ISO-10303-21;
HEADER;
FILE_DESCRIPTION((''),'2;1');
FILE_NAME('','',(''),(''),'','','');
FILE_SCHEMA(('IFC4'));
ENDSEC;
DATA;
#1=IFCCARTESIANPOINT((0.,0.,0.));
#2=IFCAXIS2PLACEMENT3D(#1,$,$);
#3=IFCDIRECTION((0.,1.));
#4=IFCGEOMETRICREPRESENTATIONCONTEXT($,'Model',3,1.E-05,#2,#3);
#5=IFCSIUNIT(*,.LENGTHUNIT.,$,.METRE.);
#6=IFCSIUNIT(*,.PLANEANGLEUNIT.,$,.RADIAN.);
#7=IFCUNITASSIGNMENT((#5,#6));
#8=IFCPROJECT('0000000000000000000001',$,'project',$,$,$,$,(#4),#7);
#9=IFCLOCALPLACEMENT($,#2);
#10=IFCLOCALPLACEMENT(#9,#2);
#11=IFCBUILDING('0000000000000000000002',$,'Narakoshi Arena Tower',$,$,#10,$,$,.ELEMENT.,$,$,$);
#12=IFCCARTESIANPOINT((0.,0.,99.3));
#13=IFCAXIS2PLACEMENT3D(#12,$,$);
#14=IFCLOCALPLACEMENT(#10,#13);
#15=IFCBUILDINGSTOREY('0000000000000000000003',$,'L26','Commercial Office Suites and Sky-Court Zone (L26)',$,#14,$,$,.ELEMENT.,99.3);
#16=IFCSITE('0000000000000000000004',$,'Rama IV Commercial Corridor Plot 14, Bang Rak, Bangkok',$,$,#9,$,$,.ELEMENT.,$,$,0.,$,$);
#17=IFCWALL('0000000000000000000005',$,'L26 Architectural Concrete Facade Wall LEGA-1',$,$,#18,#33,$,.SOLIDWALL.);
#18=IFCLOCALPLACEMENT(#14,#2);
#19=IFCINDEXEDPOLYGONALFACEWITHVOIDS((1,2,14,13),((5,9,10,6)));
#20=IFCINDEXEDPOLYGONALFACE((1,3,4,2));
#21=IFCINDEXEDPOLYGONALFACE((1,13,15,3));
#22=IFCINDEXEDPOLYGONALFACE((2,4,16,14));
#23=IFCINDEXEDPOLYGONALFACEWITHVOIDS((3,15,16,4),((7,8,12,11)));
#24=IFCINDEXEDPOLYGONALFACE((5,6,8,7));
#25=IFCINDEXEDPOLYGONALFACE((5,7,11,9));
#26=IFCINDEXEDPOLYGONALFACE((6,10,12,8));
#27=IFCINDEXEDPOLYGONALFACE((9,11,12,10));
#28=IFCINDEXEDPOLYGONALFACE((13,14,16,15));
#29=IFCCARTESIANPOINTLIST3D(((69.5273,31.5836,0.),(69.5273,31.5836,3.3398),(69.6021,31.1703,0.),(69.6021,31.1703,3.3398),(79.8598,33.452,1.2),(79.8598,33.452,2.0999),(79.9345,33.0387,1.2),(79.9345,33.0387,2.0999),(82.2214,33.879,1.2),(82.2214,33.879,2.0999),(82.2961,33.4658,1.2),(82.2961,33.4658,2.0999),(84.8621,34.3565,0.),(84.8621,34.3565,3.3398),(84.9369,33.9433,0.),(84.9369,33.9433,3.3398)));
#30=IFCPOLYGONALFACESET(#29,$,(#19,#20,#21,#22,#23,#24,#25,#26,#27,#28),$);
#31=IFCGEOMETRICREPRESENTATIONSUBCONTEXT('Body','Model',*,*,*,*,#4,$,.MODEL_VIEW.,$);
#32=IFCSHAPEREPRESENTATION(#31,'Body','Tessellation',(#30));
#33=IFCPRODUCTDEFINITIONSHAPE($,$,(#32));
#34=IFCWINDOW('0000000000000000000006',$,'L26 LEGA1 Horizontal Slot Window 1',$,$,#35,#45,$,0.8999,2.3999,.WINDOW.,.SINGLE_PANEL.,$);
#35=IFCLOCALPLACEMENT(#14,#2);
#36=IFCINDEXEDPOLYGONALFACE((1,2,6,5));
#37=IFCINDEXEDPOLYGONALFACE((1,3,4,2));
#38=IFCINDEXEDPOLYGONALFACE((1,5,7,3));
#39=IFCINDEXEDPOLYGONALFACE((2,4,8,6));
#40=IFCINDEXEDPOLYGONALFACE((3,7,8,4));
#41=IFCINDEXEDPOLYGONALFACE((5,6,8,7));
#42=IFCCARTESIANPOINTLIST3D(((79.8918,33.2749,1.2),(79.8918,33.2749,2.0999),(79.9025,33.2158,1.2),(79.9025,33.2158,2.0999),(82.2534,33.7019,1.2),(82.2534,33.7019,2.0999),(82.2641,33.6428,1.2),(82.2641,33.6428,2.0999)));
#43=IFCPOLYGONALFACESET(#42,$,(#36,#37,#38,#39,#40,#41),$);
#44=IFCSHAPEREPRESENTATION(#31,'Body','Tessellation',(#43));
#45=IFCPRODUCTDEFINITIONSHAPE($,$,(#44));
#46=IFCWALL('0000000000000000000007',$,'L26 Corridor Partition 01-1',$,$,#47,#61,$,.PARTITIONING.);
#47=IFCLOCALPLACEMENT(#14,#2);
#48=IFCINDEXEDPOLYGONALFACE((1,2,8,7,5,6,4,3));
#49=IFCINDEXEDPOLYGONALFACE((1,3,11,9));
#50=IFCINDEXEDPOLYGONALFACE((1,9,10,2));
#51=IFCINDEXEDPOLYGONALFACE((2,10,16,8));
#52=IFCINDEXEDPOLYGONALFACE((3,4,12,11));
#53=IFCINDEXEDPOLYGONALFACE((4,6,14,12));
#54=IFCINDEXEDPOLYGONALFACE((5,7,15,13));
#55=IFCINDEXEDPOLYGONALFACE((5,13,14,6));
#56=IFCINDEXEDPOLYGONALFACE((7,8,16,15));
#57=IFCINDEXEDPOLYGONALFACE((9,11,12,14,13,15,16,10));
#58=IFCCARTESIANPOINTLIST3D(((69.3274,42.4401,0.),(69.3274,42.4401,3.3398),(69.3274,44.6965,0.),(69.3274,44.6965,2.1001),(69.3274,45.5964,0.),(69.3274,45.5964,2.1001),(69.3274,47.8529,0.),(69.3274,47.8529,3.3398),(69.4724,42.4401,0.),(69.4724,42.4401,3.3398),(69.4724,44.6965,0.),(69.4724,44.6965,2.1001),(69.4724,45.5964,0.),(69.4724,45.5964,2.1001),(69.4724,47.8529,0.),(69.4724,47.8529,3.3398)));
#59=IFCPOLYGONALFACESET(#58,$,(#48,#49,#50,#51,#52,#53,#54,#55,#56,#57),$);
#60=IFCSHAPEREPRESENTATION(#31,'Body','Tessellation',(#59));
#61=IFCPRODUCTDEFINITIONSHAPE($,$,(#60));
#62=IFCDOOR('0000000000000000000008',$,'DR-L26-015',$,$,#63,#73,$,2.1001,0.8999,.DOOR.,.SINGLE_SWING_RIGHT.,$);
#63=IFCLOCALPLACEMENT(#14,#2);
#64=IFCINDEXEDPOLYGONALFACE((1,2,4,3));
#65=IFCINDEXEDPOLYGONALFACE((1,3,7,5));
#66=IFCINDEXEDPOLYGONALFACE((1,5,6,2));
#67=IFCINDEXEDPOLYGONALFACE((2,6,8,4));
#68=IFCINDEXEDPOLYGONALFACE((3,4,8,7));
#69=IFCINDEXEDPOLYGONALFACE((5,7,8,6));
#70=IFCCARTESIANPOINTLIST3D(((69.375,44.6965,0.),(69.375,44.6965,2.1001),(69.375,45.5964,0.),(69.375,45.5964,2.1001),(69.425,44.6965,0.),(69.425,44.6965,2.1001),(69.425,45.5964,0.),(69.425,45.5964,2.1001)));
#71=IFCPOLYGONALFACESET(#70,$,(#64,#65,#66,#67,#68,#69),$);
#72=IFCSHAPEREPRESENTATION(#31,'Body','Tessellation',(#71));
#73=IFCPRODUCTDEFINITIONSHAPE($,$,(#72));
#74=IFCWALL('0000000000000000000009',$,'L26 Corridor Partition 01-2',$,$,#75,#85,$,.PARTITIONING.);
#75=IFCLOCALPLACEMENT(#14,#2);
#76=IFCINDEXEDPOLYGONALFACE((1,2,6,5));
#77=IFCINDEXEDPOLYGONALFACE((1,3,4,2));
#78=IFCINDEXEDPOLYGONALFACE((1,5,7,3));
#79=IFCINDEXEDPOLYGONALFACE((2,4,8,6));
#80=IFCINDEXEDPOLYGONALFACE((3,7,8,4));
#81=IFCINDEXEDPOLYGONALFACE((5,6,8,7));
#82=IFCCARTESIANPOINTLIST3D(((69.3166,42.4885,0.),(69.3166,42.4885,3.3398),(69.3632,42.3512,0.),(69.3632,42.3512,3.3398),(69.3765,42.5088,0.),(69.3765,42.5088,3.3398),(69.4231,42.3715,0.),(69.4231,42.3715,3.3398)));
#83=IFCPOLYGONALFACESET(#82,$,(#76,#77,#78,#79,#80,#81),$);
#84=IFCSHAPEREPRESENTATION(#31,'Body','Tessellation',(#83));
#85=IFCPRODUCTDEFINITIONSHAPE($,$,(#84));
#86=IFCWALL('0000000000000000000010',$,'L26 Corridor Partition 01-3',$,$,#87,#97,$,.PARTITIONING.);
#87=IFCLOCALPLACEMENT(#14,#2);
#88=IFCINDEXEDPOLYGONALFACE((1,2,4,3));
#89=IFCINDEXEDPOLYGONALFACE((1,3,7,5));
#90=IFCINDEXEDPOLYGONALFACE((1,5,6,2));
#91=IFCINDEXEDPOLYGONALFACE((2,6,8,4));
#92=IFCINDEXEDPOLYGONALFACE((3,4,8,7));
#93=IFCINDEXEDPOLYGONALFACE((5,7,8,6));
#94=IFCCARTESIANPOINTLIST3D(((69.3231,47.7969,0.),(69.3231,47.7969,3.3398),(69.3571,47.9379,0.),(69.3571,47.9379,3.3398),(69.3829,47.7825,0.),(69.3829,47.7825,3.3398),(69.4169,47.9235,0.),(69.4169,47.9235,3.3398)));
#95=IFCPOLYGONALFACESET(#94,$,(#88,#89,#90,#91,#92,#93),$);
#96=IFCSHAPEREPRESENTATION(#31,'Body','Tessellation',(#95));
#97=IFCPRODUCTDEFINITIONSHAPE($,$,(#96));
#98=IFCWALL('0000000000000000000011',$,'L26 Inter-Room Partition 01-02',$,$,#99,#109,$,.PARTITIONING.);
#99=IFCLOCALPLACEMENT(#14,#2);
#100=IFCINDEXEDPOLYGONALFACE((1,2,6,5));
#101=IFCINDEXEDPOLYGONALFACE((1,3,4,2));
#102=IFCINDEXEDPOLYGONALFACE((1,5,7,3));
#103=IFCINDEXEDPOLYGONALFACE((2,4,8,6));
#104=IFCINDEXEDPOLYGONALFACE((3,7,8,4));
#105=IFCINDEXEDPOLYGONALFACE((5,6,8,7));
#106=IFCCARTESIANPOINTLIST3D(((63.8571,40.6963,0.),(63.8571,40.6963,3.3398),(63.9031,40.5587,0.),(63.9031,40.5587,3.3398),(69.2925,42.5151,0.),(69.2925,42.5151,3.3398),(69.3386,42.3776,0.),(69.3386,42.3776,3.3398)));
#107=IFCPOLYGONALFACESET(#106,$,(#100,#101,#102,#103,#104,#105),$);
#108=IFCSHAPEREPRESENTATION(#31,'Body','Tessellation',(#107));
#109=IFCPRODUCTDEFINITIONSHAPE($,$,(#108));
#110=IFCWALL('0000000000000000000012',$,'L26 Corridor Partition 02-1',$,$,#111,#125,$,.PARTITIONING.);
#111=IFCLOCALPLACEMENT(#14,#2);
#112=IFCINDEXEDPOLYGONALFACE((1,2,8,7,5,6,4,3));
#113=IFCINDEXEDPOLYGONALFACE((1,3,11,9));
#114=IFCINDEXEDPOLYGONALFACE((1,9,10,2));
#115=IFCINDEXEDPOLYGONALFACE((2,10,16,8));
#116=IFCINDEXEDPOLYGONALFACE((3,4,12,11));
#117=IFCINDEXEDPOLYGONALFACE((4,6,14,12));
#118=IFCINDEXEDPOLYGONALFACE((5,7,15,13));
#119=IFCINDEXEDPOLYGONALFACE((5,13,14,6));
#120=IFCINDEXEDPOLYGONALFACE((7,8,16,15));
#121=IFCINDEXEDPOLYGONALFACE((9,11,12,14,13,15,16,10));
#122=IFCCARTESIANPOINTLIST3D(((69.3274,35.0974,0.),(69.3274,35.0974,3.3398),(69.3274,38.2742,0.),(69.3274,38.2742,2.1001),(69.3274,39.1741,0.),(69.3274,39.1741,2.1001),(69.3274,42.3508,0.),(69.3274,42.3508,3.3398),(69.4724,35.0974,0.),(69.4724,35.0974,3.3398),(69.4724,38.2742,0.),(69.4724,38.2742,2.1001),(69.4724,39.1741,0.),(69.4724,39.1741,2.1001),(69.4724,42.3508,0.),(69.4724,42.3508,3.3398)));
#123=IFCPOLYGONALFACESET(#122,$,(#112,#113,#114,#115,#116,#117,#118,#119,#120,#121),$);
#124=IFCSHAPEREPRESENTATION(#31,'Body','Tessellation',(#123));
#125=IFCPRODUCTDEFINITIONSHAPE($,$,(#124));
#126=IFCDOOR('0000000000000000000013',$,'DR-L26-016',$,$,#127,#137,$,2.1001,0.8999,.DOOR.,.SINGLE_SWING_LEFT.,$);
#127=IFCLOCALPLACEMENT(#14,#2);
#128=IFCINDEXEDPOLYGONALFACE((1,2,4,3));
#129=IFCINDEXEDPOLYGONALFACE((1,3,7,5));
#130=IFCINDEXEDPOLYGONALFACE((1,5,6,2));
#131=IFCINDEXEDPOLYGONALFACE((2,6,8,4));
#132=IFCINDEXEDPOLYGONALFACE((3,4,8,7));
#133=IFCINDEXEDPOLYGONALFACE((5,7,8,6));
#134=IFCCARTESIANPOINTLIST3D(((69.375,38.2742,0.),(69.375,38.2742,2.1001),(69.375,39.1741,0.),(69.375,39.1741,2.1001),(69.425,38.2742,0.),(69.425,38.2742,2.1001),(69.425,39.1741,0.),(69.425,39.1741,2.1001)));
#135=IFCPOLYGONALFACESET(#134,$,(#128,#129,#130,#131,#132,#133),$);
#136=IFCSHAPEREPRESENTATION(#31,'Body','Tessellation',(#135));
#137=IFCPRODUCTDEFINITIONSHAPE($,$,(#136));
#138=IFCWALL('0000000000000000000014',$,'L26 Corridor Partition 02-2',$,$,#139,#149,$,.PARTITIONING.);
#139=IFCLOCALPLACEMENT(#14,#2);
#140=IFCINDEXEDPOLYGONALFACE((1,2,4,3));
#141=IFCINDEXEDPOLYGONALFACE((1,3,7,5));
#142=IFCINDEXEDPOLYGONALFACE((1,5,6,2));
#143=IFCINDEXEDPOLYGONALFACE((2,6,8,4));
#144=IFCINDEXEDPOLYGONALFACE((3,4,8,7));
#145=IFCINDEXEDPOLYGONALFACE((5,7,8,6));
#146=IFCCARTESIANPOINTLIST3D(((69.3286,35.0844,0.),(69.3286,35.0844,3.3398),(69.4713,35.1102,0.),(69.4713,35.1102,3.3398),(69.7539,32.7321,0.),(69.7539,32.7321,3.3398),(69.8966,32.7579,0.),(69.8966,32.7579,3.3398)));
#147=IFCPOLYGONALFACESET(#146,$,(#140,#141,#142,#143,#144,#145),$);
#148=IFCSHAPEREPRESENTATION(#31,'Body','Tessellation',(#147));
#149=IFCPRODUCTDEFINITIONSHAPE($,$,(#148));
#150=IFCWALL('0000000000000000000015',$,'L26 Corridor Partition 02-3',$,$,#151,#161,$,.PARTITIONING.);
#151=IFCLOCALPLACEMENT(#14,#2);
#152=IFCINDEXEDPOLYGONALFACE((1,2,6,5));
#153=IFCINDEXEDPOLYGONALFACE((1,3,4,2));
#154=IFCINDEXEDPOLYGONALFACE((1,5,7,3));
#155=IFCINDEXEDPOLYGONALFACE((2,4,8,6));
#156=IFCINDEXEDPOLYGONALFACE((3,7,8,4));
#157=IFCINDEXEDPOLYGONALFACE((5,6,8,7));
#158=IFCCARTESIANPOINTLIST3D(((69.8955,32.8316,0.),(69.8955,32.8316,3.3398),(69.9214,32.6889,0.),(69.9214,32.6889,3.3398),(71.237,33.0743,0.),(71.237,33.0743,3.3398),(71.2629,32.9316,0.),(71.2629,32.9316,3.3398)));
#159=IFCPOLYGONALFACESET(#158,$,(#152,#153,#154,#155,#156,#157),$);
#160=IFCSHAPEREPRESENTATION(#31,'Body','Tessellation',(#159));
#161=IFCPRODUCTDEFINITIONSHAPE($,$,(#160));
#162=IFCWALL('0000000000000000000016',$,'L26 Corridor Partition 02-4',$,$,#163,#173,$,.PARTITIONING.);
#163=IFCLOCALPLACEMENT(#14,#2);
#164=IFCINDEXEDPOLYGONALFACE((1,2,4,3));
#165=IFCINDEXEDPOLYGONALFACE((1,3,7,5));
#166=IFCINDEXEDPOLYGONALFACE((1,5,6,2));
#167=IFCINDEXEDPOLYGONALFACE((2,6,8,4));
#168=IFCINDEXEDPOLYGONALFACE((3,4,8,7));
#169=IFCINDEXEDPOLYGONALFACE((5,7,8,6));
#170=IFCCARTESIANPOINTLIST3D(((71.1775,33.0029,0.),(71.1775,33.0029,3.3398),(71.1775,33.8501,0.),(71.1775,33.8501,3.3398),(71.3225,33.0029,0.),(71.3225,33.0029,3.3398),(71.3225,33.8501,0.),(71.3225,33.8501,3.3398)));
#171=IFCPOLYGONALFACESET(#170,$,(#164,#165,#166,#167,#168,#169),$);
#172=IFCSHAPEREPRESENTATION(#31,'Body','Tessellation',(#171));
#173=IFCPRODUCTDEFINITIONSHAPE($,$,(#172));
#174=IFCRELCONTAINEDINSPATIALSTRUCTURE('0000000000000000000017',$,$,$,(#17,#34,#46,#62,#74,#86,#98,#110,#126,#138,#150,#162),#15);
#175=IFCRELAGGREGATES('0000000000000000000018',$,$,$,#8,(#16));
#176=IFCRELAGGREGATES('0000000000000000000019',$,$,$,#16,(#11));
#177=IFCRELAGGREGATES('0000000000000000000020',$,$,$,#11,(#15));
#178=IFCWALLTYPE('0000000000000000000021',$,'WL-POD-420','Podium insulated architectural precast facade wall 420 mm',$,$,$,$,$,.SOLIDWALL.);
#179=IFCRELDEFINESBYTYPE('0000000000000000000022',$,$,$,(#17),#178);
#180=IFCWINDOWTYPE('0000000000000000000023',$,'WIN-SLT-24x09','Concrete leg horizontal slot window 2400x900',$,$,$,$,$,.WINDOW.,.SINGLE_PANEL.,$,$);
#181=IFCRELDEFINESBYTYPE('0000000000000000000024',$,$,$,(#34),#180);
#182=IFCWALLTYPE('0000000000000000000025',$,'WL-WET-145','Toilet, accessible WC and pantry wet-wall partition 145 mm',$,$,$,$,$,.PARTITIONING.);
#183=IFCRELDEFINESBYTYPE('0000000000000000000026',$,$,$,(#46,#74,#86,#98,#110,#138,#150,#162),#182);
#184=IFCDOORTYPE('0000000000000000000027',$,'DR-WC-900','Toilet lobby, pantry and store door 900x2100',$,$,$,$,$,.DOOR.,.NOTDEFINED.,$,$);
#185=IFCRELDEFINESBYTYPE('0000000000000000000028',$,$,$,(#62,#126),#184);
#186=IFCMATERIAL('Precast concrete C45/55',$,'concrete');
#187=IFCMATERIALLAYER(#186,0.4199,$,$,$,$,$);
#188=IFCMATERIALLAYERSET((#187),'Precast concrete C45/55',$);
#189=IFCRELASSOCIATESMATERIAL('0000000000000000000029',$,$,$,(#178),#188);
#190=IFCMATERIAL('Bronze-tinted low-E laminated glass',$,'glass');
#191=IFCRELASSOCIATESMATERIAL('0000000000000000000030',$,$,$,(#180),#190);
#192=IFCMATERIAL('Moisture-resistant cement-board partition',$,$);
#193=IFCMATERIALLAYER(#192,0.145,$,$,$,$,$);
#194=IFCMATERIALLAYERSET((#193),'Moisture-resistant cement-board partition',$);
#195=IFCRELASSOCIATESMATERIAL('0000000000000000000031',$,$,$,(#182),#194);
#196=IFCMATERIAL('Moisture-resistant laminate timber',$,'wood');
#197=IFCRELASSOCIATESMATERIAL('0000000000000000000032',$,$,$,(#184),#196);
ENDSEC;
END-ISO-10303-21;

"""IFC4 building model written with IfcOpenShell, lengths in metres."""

from ifc_helpers import new_model, si_unit, direction, frame, frame_2d, origin, place, context, subcontext, project, spatial, rectangle, extrude, material, layer, layer_set, type_object, element, fill, save


model = new_model("IFC4")

# Units and contexts
model_context = context("Model", 3, precision=1e-05, world=origin(), true_north=direction((0.0, 1.0)))
body_context = subcontext(model_context, "Body", "Model", "MODEL_VIEW")
ifc_project = project(units=[si_unit("LENGTHUNIT", "METRE"), si_unit("PLANEANGLEUNIT", "RADIAN")], contexts=[model_context])

# Site, building, storey
site_placement = place(None, origin())
site = spatial("IfcSite", under=ifc_project, at=site_placement, Name="Rama IV Commercial Corridor Plot 14, Bang Rak, Bangkok", CompositionType="ELEMENT", RefElevation=0.0)
building_placement = place(site_placement, origin())
building = spatial("IfcBuilding", under=site, at=building_placement, Name="Narakoshi Arena Tower", CompositionType="ELEMENT")
storey_placement = place(building_placement, frame((0.0, 0.0, 99.3)))
storey = spatial("IfcBuildingStorey", under=building, at=storey_placement, Name="L26", Description="Commercial Office Suites and Sky-Court Zone (L26)", CompositionType="ELEMENT", Elevation=99.3)

# Wall, opening, window
ifc_material_1 = material(Name="Precast concrete C45/55", Category="concrete")
ifc_layer_1 = layer(ifc_material_1, 0.4199)
ifc_layer_set_1 = layer_set([ifc_layer_1], Name="Precast concrete C45/55")
wall_type_1 = type_object("IfcWallType", Name="WL-POD-420", Description="Podium insulated architectural precast facade wall 420 mm", PredefinedType="SOLIDWALL", material=ifc_layer_set_1)
wall_1_placement = place(storey_placement, frame((69.5647, 31.377, 0.0), z_axis=(0.0, 0.0, 1.0), x_axis=(0.984041, 0.177942, 0.0)))
wall_1 = element("IfcWall", 1, at=wall_1_placement, inside=storey, type_object=wall_type_1, Name="L26 Architectural Concrete Facade Wall LEGA-1", PredefinedType="SOLIDWALL", context=body_context, shape_type="SweptSolid", body=[
    extrude(rectangle(XDim=15.5835, YDim=0.4199, at=frame_2d((7.7917, 0.0))), origin(), (0.0, 0.0, 1.0), 3.3398),
])
opening_1_placement = place(wall_1_placement, frame((10.5, 0.0, 1.2)))
opening_1 = element("IfcOpeningElement", 2, at=opening_1_placement, cuts=wall_1, PredefinedType="OPENING", context=body_context, shape_type="SweptSolid", body=[
    extrude(rectangle(XDim=2.3999, YDim=0.8999, at=frame_2d((1.2, 0.45))), frame((0.0, 0.22, 0.0), z_axis=(0.0, -1.0, 0.0), x_axis=(1.0, 0.0, 0.0)), (0.0, 0.0, 1.0), 0.4399),
])
ifc_material_2 = material(Name="Bronze-tinted low-E laminated glass", Category="glass")
window_type = type_object("IfcWindowType", Name="WIN-SLT-24x09", Description="Concrete leg horizontal slot window 2400x900", PartitioningType="SINGLE_PANEL", PredefinedType="WINDOW", material=ifc_material_2)
window_placement = place(opening_1_placement, origin())
window = element("IfcWindow", 3, at=window_placement, inside=storey, type_object=window_type, Name="L26 LEGA1 Horizontal Slot Window 1", OverallHeight=0.8999, OverallWidth=2.3999, PartitioningType="SINGLE_PANEL", PredefinedType="WINDOW", context=body_context, shape_type="SweptSolid", body=[
    extrude(rectangle(XDim=2.3999, YDim=0.8999, at=frame_2d((1.2, 0.45))), frame((0.0, 0.03, 0.0), z_axis=(0.0, -1.0, 0.0), x_axis=(1.0, 0.0, 0.0)), (0.0, 0.0, 1.0), 0.0601),
])
fill(opening_1, window)

# Wall, opening, door
ifc_material_3 = material(Name="Moisture-resistant cement-board partition")
ifc_layer_2 = layer(ifc_material_3, 0.145)
ifc_layer_set_2 = layer_set([ifc_layer_2], Name="Moisture-resistant cement-board partition")
wall_type_2 = type_object("IfcWallType", Name="WL-WET-145", Description="Toilet, accessible WC and pantry wet-wall partition 145 mm", PredefinedType="PARTITIONING", material=ifc_layer_set_2)
wall_2_placement = place(storey_placement, frame((69.3999, 47.853, 0.0), z_axis=(0.0, 0.0, 1.0), x_axis=(0.0, -1.0, 0.0)))
wall_2 = element("IfcWall", 4, at=wall_2_placement, inside=storey, type_object=wall_type_2, Name="L26 Corridor Partition 01-1", PredefinedType="PARTITIONING", context=body_context, shape_type="SweptSolid", body=[
    extrude(rectangle(XDim=5.4128, YDim=0.145, at=frame_2d((2.7065, 0.0))), origin(), (0.0, 0.0, 1.0), 3.3398),
])
opening_2_placement = place(wall_2_placement, frame((2.2566, 0.0, 0.0)))
opening_2 = element("IfcOpeningElement", 5, at=opening_2_placement, cuts=wall_2, PredefinedType="OPENING", context=body_context, shape_type="SweptSolid", body=[
    extrude(rectangle(XDim=0.8999, YDim=2.1001, at=frame_2d((0.45, 1.05))), frame((0.0, 0.0825, 0.0), z_axis=(0.0, -1.0, 0.0), x_axis=(1.0, 0.0, 0.0)), (0.0, 0.0, 1.0), 0.165),
])
ifc_material_4 = material(Name="Moisture-resistant laminate timber", Category="wood")
door_type = type_object("IfcDoorType", Name="DR-WC-900", Description="Toilet lobby, pantry and store door 900x2100", OperationType="NOTDEFINED", PredefinedType="DOOR", material=ifc_material_4)
door_1_placement = place(opening_2_placement, frame((0.8999, 0.0, 0.0), z_axis=(0.0, 0.0, 1.0), x_axis=(-1.0, 0.0, 0.0)))
door_1 = element("IfcDoor", 6, at=door_1_placement, inside=storey, type_object=door_type, Name="DR-L26-015", OperationType="SINGLE_SWING_RIGHT", OverallHeight=2.1001, OverallWidth=0.8999, PredefinedType="DOOR", context=body_context, shape_type="SweptSolid", body=[
    extrude(rectangle(XDim=0.8999, YDim=2.1001, at=frame_2d((0.45, 1.05))), frame((0.0, 0.0249, 0.0), z_axis=(0.0, -1.0, 0.0), x_axis=(1.0, 0.0, 0.0)), (0.0, 0.0, 1.0), 0.05),
])
fill(opening_2, door_1)

# Walls
wall_3_placement = place(storey_placement, frame((69.3999, 42.4402, 0.0), z_axis=(0.0, 0.0, 1.0), x_axis=(-0.947126, -0.320863, 0.0)))
element("IfcWall", 7, at=wall_3_placement, inside=storey, type_object=wall_type_2, Name="L26 Corridor Partition 01-2", PredefinedType="PARTITIONING", context=body_context, shape_type="SweptSolid", body=[
    extrude(rectangle(XDim=0.0632, YDim=0.145, at=frame_2d((0.0317, 0.0))), origin(), (0.0, 0.0, 1.0), 3.3398),
])
wall_4_placement = place(storey_placement, frame((69.3401, 47.8674, 0.0), z_axis=(0.0, 0.0, 1.0), x_axis=(0.972207, -0.234123, 0.0)))
element("IfcWall", 8, at=wall_4_placement, inside=storey, type_object=wall_type_2, Name="L26 Corridor Partition 01-3", PredefinedType="PARTITIONING", context=body_context, shape_type="SweptSolid", body=[
    extrude(rectangle(XDim=0.0615, YDim=0.145, at=frame_2d((0.0308, 0.0))), origin(), (0.0, 0.0, 1.0), 3.3398),
])
wall_5_placement = place(storey_placement, frame((69.3154, 42.4463, 0.0), z_axis=(0.0, 0.0, 1.0), x_axis=(-0.948316, -0.317326, 0.0)))
element("IfcWall", 9, at=wall_5_placement, inside=storey, type_object=wall_type_2, Name="L26 Inter-Room Partition 01-02", PredefinedType="PARTITIONING", context=body_context, shape_type="SweptSolid", body=[
    extrude(rectangle(XDim=5.7317, YDim=0.145, at=frame_2d((2.8657, 0.0))), origin(), (0.0, 0.0, 1.0), 3.3398),
])

# Wall, opening, door
wall_6_placement = place(storey_placement, frame((69.3999, 42.3508, 0.0), z_axis=(0.0, 0.0, 1.0), x_axis=(0.0, -1.0, 0.0)))
wall_6 = element("IfcWall", 10, at=wall_6_placement, inside=storey, type_object=wall_type_2, Name="L26 Corridor Partition 02-1", PredefinedType="PARTITIONING", context=body_context, shape_type="SweptSolid", body=[
    extrude(rectangle(XDim=7.2534, YDim=0.145, at=frame_2d((3.6267, 0.0))), origin(), (0.0, 0.0, 1.0), 3.3398),
])
opening_3_placement = place(wall_6_placement, frame((3.1768, 0.0, 0.0)))
opening_3 = element("IfcOpeningElement", 11, at=opening_3_placement, cuts=wall_6, PredefinedType="OPENING", context=body_context, shape_type="SweptSolid", body=[
    extrude(rectangle(XDim=0.8999, YDim=2.1001, at=frame_2d((0.45, 1.05))), frame((0.0, 0.0825, 0.0), z_axis=(0.0, -1.0, 0.0), x_axis=(1.0, 0.0, 0.0)), (0.0, 0.0, 1.0), 0.165),
])
door_2_placement = place(opening_3_placement, frame((0.8999, 0.0, 0.0), z_axis=(0.0, 0.0, 1.0), x_axis=(-1.0, 0.0, 0.0)))
door_2 = element("IfcDoor", 12, at=door_2_placement, inside=storey, type_object=door_type, Name="DR-L26-016", OperationType="SINGLE_SWING_LEFT", OverallHeight=2.1001, OverallWidth=0.8999, PredefinedType="DOOR", context=body_context, shape_type="SweptSolid", body=[
    extrude(rectangle(XDim=0.8999, YDim=2.1001, at=frame_2d((0.45, 1.05))), frame((0.0, 0.0249, 0.0), z_axis=(0.0, -1.0, 0.0), x_axis=(1.0, 0.0, 0.0)), (0.0, 0.0, 1.0), 0.05),
])
fill(opening_3, door_2)

# Walls
wall_7_placement = place(storey_placement, frame((69.3999, 35.0974, 0.0), z_axis=(0.0, 0.0, 1.0), x_axis=(0.177915, -0.984046, 0.0)))
element("IfcWall", 13, at=wall_7_placement, inside=storey, type_object=wall_type_2, Name="L26 Corridor Partition 02-2", PredefinedType="PARTITIONING", context=body_context, shape_type="SweptSolid", body=[
    extrude(rectangle(XDim=2.3904, YDim=0.145, at=frame_2d((1.1953, 0.0))), origin(), (0.0, 0.0, 1.0), 3.3398),
])
wall_8_placement = place(storey_placement, frame((69.9084, 32.7603, 0.0), z_axis=(0.0, 0.0, 1.0), x_axis=(0.98403, 0.178003, 0.0)))
element("IfcWall", 14, at=wall_8_placement, inside=storey, type_object=wall_type_2, Name="L26 Corridor Partition 02-3", PredefinedType="PARTITIONING", context=body_context, shape_type="SweptSolid", body=[
    extrude(rectangle(XDim=1.3633, YDim=0.145, at=frame_2d((0.6816, 0.0))), origin(), (0.0, 0.0, 1.0), 3.3398),
])
wall_9_placement = place(storey_placement, frame((71.25, 33.0029, 0.0), z_axis=(0.0, 0.0, 1.0), x_axis=(0.0, 1.0, 0.0)))
element("IfcWall", 15, at=wall_9_placement, inside=storey, type_object=wall_type_2, Name="L26 Corridor Partition 02-4", PredefinedType="PARTITIONING", context=body_context, shape_type="SweptSolid", body=[
    extrude(rectangle(XDim=0.8472, YDim=0.145, at=frame_2d((0.4236, 0.0))), origin(), (0.0, 0.0, 1.0), 3.3398),
])

save(model, "model.ifc")
